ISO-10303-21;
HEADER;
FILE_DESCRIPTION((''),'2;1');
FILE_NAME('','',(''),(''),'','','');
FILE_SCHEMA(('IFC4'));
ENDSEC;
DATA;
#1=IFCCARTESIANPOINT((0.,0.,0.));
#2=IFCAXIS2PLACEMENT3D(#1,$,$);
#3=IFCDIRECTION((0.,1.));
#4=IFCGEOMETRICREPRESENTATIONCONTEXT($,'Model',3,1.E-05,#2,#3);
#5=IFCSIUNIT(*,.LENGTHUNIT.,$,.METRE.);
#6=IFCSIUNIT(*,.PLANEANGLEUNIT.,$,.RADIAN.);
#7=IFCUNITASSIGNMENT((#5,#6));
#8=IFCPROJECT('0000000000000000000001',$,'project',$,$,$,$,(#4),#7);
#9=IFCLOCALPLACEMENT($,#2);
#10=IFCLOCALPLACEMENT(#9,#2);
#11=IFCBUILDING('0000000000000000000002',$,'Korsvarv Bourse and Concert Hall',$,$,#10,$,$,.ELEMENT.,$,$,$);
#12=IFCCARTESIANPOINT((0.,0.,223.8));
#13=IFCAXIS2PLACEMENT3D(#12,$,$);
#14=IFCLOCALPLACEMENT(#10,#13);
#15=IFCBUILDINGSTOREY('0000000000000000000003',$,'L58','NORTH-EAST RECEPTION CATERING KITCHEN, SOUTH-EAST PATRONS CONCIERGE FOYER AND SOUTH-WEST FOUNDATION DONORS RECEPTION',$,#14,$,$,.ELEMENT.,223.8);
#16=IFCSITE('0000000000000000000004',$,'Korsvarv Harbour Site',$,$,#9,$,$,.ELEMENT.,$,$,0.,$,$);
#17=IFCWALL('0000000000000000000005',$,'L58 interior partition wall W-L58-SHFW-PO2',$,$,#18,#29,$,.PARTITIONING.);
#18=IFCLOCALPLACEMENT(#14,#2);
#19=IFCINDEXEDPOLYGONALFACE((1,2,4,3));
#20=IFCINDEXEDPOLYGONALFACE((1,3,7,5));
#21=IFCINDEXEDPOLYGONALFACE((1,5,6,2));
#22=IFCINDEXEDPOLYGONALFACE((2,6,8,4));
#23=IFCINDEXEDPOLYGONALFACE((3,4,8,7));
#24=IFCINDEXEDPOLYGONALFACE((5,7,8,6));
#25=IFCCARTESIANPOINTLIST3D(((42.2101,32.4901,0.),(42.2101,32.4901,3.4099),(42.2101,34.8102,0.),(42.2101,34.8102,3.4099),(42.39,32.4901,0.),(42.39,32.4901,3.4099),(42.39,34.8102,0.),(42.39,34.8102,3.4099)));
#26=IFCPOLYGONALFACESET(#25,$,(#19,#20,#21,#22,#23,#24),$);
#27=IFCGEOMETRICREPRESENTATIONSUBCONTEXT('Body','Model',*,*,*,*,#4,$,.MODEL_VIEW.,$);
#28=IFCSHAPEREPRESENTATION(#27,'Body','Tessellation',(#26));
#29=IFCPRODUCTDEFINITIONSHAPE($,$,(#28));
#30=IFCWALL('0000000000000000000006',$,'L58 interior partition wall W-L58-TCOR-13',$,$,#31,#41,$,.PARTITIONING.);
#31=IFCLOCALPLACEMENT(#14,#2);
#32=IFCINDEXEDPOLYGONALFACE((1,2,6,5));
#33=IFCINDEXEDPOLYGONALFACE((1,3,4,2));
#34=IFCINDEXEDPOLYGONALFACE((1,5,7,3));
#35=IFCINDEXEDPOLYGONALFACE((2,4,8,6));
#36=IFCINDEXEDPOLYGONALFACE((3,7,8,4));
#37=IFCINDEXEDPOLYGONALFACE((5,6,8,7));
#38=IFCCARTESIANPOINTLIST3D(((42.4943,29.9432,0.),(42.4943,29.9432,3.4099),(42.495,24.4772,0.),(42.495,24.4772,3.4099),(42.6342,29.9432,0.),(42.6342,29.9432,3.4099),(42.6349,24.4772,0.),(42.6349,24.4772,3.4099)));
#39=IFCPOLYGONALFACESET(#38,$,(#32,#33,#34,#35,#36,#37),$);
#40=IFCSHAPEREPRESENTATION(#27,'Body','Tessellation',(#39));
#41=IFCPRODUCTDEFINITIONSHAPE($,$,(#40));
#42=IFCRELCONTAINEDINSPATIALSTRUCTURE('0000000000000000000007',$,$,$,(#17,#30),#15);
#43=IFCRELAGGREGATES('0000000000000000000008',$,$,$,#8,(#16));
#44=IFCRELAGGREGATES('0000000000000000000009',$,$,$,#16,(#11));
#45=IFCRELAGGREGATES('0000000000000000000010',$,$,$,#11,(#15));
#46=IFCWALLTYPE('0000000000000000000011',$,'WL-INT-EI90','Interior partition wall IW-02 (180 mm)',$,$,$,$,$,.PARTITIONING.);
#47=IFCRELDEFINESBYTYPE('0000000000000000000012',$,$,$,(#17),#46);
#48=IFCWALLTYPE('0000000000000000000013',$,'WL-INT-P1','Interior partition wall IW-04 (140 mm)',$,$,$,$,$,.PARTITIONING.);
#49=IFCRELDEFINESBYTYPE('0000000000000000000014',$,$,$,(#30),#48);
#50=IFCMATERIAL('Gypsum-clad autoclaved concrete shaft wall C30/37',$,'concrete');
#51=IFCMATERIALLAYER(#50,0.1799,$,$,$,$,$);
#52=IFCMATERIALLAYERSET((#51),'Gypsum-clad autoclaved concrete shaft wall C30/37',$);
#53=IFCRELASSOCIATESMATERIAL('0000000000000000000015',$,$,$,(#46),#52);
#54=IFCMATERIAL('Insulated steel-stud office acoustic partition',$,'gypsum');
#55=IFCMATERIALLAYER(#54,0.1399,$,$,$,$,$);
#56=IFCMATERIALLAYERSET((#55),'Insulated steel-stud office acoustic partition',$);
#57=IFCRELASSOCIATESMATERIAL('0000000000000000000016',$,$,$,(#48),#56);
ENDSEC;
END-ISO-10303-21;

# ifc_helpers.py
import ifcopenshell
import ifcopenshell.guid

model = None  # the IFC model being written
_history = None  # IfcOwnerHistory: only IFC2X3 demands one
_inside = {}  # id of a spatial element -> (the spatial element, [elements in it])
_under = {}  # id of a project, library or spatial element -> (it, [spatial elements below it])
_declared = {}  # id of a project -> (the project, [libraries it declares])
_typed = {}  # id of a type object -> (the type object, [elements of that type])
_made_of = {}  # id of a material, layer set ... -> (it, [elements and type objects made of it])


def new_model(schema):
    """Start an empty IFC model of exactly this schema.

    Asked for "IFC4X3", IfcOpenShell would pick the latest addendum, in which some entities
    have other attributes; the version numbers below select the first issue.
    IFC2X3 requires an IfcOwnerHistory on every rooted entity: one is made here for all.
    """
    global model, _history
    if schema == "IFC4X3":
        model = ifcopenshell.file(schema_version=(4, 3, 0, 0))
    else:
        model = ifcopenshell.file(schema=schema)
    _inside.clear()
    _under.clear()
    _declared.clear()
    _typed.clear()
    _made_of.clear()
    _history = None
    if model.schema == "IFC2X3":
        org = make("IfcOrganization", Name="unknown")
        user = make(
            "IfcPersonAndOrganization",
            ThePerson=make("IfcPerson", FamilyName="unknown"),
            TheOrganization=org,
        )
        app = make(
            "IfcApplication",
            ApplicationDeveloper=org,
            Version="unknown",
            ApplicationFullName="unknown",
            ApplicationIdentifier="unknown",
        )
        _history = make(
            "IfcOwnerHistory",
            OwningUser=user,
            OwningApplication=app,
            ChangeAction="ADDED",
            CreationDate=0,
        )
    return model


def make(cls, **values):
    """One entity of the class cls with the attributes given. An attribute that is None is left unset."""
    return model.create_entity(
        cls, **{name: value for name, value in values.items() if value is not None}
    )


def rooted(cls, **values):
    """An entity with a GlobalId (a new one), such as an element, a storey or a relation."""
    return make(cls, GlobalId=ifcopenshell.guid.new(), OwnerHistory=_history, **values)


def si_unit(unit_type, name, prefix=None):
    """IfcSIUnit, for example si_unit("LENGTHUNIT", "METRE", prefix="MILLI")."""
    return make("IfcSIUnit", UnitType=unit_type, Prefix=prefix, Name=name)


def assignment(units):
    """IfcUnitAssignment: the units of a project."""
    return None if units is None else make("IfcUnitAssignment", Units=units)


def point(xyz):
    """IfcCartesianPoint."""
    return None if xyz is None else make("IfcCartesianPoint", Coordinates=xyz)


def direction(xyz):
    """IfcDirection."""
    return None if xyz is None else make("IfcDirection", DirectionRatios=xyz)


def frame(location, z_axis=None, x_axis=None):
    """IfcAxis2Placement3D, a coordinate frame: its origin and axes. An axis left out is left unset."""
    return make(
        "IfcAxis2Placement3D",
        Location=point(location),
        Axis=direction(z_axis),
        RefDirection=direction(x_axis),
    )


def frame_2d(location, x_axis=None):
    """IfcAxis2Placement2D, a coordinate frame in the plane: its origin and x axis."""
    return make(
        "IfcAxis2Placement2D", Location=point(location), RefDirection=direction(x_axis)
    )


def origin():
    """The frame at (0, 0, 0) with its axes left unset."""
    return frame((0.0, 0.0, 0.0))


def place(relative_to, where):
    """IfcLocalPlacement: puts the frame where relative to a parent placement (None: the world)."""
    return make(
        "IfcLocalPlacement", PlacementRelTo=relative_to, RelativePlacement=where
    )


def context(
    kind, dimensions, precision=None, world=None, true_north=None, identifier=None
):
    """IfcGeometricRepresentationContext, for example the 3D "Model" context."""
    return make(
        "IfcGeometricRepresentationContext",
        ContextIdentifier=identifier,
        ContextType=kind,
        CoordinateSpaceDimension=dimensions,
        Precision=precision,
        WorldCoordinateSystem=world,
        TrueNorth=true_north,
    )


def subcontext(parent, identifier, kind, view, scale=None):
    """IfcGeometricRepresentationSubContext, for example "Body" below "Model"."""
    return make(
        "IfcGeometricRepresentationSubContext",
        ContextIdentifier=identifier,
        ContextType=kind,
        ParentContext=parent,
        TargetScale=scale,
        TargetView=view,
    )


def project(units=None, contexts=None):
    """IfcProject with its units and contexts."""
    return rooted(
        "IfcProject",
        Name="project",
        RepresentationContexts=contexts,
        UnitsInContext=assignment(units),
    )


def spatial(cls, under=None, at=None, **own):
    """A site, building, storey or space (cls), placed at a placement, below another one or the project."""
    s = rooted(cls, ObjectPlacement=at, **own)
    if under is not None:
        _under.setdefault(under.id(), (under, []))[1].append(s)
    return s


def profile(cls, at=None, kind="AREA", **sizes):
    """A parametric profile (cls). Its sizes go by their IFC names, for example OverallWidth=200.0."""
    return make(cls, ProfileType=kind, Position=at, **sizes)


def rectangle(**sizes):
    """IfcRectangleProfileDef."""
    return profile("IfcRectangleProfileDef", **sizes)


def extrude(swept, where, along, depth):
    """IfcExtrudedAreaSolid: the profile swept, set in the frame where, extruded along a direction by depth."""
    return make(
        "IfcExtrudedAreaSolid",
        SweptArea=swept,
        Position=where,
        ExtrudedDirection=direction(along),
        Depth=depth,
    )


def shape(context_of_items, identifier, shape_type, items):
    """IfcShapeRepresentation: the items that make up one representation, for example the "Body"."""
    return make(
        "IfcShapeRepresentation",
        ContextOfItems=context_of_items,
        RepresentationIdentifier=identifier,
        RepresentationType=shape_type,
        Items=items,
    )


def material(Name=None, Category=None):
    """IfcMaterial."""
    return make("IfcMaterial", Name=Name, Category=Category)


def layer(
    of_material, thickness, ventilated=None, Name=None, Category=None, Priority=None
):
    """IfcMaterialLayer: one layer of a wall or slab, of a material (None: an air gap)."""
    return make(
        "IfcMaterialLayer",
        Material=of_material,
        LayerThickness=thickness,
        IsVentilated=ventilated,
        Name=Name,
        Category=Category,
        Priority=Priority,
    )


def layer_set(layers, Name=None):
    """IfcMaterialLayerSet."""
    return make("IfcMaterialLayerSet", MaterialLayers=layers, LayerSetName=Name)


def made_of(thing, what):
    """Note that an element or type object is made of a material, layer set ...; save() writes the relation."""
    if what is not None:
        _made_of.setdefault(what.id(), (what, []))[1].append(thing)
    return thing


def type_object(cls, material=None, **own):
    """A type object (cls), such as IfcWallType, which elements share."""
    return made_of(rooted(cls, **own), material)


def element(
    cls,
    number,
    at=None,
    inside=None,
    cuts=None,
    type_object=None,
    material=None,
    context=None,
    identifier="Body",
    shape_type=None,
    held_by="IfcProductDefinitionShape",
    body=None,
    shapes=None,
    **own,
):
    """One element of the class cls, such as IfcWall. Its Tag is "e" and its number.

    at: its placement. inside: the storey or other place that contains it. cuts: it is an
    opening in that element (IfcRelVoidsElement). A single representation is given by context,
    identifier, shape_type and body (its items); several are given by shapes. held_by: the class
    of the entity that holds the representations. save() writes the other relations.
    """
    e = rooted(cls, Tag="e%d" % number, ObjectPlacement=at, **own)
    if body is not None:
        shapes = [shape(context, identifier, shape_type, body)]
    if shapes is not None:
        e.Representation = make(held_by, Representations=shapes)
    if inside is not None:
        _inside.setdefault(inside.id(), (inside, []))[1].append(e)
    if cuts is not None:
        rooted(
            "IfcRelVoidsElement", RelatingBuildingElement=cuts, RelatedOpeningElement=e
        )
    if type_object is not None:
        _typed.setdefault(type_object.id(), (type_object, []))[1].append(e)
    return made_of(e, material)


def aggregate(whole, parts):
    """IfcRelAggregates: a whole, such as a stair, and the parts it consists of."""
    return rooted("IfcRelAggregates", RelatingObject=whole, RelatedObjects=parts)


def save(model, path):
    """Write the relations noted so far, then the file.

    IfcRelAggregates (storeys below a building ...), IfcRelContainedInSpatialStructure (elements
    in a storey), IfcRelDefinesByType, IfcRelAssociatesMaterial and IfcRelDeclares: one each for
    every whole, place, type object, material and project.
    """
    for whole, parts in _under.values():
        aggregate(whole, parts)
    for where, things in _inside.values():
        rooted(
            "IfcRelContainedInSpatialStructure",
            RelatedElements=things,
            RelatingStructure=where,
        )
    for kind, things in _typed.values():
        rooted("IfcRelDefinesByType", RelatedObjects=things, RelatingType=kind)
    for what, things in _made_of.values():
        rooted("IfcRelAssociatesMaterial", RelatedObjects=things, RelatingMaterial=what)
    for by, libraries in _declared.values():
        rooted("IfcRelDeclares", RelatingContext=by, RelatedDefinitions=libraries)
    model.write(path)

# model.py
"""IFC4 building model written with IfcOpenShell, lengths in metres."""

from ifc_helpers import new_model, si_unit, direction, frame, frame_2d, origin, place, context, subcontext, project, spatial, rectangle, extrude, material, layer, layer_set, type_object, element, save


model = new_model("IFC4")

# Units and contexts
model_context = context("Model", 3, precision=1e-05, world=origin(), true_north=direction((0.0, 1.0)))
body_context = subcontext(model_context, "Body", "Model", "MODEL_VIEW")
ifc_project = project(units=[si_unit("LENGTHUNIT", "METRE"), si_unit("PLANEANGLEUNIT", "RADIAN")], contexts=[model_context])

# Site, building, storey
site_placement = place(None, origin())
site = spatial("IfcSite", under=ifc_project, at=site_placement, Name="Korsvarv Harbour Site", CompositionType="ELEMENT", RefElevation=0.0)
building_placement = place(site_placement, origin())
building = spatial("IfcBuilding", under=site, at=building_placement, Name="Korsvarv Bourse and Concert Hall", CompositionType="ELEMENT")
storey_placement = place(building_placement, frame((0.0, 0.0, 223.8)))
storey = spatial("IfcBuildingStorey", under=building, at=storey_placement, Name="L58", Description="NORTH-EAST RECEPTION CATERING KITCHEN, SOUTH-EAST PATRONS CONCIERGE FOYER AND SOUTH-WEST FOUNDATION DONORS RECEPTION", CompositionType="ELEMENT", Elevation=223.8)

# Walls
ifc_material_1 = material(Name="Gypsum-clad autoclaved concrete shaft wall C30/37", Category="concrete")
ifc_layer_1 = layer(ifc_material_1, 0.1799)
ifc_layer_set_1 = layer_set([ifc_layer_1], Name="Gypsum-clad autoclaved concrete shaft wall C30/37")
wall_type_1 = type_object("IfcWallType", Name="WL-INT-EI90", Description="Interior partition wall IW-02 (180 mm)", PredefinedType="PARTITIONING", material=ifc_layer_set_1)
wall_1_placement = place(storey_placement, frame((42.3, 32.49, 0.0), z_axis=(0.0, 0.0, 1.0), x_axis=(0.0, 1.0, 0.0)))
element("IfcWall", 1, at=wall_1_placement, inside=storey, type_object=wall_type_1, Name="L58 interior partition wall W-L58-SHFW-PO2", PredefinedType="PARTITIONING", context=body_context, shape_type="SweptSolid", body=[
    extrude(rectangle(XDim=2.3201, YDim=0.1799, at=frame_2d((1.1602, 0.0))), origin(), (0.0, 0.0, 1.0), 3.4099),
])
ifc_material_2 = material(Name="Insulated steel-stud office acoustic partition", Category="gypsum")
ifc_layer_2 = layer(ifc_material_2, 0.1399)
ifc_layer_set_2 = layer_set([ifc_layer_2], Name="Insulated steel-stud office acoustic partition")
wall_type_2 = type_object("IfcWallType", Name="WL-INT-P1", Description="Interior partition wall IW-04 (140 mm)", PredefinedType="PARTITIONING", material=ifc_layer_set_2)
wall_2_placement = place(storey_placement, frame((42.5642, 29.9431, 0.0), z_axis=(0.0, 0.0, 1.0), x_axis=(0.000134, -1.0, 0.0)))
element("IfcWall", 2, at=wall_2_placement, inside=storey, type_object=wall_type_2, Name="L58 interior partition wall W-L58-TCOR-13", PredefinedType="PARTITIONING", context=body_context, shape_type="SweptSolid", body=[
    extrude(rectangle(XDim=5.4661, YDim=0.1399, at=frame_2d((2.7329, 0.0))), origin(), (0.0, 0.0, 1.0), 3.4099),
])

save(model, "model.ifc")
